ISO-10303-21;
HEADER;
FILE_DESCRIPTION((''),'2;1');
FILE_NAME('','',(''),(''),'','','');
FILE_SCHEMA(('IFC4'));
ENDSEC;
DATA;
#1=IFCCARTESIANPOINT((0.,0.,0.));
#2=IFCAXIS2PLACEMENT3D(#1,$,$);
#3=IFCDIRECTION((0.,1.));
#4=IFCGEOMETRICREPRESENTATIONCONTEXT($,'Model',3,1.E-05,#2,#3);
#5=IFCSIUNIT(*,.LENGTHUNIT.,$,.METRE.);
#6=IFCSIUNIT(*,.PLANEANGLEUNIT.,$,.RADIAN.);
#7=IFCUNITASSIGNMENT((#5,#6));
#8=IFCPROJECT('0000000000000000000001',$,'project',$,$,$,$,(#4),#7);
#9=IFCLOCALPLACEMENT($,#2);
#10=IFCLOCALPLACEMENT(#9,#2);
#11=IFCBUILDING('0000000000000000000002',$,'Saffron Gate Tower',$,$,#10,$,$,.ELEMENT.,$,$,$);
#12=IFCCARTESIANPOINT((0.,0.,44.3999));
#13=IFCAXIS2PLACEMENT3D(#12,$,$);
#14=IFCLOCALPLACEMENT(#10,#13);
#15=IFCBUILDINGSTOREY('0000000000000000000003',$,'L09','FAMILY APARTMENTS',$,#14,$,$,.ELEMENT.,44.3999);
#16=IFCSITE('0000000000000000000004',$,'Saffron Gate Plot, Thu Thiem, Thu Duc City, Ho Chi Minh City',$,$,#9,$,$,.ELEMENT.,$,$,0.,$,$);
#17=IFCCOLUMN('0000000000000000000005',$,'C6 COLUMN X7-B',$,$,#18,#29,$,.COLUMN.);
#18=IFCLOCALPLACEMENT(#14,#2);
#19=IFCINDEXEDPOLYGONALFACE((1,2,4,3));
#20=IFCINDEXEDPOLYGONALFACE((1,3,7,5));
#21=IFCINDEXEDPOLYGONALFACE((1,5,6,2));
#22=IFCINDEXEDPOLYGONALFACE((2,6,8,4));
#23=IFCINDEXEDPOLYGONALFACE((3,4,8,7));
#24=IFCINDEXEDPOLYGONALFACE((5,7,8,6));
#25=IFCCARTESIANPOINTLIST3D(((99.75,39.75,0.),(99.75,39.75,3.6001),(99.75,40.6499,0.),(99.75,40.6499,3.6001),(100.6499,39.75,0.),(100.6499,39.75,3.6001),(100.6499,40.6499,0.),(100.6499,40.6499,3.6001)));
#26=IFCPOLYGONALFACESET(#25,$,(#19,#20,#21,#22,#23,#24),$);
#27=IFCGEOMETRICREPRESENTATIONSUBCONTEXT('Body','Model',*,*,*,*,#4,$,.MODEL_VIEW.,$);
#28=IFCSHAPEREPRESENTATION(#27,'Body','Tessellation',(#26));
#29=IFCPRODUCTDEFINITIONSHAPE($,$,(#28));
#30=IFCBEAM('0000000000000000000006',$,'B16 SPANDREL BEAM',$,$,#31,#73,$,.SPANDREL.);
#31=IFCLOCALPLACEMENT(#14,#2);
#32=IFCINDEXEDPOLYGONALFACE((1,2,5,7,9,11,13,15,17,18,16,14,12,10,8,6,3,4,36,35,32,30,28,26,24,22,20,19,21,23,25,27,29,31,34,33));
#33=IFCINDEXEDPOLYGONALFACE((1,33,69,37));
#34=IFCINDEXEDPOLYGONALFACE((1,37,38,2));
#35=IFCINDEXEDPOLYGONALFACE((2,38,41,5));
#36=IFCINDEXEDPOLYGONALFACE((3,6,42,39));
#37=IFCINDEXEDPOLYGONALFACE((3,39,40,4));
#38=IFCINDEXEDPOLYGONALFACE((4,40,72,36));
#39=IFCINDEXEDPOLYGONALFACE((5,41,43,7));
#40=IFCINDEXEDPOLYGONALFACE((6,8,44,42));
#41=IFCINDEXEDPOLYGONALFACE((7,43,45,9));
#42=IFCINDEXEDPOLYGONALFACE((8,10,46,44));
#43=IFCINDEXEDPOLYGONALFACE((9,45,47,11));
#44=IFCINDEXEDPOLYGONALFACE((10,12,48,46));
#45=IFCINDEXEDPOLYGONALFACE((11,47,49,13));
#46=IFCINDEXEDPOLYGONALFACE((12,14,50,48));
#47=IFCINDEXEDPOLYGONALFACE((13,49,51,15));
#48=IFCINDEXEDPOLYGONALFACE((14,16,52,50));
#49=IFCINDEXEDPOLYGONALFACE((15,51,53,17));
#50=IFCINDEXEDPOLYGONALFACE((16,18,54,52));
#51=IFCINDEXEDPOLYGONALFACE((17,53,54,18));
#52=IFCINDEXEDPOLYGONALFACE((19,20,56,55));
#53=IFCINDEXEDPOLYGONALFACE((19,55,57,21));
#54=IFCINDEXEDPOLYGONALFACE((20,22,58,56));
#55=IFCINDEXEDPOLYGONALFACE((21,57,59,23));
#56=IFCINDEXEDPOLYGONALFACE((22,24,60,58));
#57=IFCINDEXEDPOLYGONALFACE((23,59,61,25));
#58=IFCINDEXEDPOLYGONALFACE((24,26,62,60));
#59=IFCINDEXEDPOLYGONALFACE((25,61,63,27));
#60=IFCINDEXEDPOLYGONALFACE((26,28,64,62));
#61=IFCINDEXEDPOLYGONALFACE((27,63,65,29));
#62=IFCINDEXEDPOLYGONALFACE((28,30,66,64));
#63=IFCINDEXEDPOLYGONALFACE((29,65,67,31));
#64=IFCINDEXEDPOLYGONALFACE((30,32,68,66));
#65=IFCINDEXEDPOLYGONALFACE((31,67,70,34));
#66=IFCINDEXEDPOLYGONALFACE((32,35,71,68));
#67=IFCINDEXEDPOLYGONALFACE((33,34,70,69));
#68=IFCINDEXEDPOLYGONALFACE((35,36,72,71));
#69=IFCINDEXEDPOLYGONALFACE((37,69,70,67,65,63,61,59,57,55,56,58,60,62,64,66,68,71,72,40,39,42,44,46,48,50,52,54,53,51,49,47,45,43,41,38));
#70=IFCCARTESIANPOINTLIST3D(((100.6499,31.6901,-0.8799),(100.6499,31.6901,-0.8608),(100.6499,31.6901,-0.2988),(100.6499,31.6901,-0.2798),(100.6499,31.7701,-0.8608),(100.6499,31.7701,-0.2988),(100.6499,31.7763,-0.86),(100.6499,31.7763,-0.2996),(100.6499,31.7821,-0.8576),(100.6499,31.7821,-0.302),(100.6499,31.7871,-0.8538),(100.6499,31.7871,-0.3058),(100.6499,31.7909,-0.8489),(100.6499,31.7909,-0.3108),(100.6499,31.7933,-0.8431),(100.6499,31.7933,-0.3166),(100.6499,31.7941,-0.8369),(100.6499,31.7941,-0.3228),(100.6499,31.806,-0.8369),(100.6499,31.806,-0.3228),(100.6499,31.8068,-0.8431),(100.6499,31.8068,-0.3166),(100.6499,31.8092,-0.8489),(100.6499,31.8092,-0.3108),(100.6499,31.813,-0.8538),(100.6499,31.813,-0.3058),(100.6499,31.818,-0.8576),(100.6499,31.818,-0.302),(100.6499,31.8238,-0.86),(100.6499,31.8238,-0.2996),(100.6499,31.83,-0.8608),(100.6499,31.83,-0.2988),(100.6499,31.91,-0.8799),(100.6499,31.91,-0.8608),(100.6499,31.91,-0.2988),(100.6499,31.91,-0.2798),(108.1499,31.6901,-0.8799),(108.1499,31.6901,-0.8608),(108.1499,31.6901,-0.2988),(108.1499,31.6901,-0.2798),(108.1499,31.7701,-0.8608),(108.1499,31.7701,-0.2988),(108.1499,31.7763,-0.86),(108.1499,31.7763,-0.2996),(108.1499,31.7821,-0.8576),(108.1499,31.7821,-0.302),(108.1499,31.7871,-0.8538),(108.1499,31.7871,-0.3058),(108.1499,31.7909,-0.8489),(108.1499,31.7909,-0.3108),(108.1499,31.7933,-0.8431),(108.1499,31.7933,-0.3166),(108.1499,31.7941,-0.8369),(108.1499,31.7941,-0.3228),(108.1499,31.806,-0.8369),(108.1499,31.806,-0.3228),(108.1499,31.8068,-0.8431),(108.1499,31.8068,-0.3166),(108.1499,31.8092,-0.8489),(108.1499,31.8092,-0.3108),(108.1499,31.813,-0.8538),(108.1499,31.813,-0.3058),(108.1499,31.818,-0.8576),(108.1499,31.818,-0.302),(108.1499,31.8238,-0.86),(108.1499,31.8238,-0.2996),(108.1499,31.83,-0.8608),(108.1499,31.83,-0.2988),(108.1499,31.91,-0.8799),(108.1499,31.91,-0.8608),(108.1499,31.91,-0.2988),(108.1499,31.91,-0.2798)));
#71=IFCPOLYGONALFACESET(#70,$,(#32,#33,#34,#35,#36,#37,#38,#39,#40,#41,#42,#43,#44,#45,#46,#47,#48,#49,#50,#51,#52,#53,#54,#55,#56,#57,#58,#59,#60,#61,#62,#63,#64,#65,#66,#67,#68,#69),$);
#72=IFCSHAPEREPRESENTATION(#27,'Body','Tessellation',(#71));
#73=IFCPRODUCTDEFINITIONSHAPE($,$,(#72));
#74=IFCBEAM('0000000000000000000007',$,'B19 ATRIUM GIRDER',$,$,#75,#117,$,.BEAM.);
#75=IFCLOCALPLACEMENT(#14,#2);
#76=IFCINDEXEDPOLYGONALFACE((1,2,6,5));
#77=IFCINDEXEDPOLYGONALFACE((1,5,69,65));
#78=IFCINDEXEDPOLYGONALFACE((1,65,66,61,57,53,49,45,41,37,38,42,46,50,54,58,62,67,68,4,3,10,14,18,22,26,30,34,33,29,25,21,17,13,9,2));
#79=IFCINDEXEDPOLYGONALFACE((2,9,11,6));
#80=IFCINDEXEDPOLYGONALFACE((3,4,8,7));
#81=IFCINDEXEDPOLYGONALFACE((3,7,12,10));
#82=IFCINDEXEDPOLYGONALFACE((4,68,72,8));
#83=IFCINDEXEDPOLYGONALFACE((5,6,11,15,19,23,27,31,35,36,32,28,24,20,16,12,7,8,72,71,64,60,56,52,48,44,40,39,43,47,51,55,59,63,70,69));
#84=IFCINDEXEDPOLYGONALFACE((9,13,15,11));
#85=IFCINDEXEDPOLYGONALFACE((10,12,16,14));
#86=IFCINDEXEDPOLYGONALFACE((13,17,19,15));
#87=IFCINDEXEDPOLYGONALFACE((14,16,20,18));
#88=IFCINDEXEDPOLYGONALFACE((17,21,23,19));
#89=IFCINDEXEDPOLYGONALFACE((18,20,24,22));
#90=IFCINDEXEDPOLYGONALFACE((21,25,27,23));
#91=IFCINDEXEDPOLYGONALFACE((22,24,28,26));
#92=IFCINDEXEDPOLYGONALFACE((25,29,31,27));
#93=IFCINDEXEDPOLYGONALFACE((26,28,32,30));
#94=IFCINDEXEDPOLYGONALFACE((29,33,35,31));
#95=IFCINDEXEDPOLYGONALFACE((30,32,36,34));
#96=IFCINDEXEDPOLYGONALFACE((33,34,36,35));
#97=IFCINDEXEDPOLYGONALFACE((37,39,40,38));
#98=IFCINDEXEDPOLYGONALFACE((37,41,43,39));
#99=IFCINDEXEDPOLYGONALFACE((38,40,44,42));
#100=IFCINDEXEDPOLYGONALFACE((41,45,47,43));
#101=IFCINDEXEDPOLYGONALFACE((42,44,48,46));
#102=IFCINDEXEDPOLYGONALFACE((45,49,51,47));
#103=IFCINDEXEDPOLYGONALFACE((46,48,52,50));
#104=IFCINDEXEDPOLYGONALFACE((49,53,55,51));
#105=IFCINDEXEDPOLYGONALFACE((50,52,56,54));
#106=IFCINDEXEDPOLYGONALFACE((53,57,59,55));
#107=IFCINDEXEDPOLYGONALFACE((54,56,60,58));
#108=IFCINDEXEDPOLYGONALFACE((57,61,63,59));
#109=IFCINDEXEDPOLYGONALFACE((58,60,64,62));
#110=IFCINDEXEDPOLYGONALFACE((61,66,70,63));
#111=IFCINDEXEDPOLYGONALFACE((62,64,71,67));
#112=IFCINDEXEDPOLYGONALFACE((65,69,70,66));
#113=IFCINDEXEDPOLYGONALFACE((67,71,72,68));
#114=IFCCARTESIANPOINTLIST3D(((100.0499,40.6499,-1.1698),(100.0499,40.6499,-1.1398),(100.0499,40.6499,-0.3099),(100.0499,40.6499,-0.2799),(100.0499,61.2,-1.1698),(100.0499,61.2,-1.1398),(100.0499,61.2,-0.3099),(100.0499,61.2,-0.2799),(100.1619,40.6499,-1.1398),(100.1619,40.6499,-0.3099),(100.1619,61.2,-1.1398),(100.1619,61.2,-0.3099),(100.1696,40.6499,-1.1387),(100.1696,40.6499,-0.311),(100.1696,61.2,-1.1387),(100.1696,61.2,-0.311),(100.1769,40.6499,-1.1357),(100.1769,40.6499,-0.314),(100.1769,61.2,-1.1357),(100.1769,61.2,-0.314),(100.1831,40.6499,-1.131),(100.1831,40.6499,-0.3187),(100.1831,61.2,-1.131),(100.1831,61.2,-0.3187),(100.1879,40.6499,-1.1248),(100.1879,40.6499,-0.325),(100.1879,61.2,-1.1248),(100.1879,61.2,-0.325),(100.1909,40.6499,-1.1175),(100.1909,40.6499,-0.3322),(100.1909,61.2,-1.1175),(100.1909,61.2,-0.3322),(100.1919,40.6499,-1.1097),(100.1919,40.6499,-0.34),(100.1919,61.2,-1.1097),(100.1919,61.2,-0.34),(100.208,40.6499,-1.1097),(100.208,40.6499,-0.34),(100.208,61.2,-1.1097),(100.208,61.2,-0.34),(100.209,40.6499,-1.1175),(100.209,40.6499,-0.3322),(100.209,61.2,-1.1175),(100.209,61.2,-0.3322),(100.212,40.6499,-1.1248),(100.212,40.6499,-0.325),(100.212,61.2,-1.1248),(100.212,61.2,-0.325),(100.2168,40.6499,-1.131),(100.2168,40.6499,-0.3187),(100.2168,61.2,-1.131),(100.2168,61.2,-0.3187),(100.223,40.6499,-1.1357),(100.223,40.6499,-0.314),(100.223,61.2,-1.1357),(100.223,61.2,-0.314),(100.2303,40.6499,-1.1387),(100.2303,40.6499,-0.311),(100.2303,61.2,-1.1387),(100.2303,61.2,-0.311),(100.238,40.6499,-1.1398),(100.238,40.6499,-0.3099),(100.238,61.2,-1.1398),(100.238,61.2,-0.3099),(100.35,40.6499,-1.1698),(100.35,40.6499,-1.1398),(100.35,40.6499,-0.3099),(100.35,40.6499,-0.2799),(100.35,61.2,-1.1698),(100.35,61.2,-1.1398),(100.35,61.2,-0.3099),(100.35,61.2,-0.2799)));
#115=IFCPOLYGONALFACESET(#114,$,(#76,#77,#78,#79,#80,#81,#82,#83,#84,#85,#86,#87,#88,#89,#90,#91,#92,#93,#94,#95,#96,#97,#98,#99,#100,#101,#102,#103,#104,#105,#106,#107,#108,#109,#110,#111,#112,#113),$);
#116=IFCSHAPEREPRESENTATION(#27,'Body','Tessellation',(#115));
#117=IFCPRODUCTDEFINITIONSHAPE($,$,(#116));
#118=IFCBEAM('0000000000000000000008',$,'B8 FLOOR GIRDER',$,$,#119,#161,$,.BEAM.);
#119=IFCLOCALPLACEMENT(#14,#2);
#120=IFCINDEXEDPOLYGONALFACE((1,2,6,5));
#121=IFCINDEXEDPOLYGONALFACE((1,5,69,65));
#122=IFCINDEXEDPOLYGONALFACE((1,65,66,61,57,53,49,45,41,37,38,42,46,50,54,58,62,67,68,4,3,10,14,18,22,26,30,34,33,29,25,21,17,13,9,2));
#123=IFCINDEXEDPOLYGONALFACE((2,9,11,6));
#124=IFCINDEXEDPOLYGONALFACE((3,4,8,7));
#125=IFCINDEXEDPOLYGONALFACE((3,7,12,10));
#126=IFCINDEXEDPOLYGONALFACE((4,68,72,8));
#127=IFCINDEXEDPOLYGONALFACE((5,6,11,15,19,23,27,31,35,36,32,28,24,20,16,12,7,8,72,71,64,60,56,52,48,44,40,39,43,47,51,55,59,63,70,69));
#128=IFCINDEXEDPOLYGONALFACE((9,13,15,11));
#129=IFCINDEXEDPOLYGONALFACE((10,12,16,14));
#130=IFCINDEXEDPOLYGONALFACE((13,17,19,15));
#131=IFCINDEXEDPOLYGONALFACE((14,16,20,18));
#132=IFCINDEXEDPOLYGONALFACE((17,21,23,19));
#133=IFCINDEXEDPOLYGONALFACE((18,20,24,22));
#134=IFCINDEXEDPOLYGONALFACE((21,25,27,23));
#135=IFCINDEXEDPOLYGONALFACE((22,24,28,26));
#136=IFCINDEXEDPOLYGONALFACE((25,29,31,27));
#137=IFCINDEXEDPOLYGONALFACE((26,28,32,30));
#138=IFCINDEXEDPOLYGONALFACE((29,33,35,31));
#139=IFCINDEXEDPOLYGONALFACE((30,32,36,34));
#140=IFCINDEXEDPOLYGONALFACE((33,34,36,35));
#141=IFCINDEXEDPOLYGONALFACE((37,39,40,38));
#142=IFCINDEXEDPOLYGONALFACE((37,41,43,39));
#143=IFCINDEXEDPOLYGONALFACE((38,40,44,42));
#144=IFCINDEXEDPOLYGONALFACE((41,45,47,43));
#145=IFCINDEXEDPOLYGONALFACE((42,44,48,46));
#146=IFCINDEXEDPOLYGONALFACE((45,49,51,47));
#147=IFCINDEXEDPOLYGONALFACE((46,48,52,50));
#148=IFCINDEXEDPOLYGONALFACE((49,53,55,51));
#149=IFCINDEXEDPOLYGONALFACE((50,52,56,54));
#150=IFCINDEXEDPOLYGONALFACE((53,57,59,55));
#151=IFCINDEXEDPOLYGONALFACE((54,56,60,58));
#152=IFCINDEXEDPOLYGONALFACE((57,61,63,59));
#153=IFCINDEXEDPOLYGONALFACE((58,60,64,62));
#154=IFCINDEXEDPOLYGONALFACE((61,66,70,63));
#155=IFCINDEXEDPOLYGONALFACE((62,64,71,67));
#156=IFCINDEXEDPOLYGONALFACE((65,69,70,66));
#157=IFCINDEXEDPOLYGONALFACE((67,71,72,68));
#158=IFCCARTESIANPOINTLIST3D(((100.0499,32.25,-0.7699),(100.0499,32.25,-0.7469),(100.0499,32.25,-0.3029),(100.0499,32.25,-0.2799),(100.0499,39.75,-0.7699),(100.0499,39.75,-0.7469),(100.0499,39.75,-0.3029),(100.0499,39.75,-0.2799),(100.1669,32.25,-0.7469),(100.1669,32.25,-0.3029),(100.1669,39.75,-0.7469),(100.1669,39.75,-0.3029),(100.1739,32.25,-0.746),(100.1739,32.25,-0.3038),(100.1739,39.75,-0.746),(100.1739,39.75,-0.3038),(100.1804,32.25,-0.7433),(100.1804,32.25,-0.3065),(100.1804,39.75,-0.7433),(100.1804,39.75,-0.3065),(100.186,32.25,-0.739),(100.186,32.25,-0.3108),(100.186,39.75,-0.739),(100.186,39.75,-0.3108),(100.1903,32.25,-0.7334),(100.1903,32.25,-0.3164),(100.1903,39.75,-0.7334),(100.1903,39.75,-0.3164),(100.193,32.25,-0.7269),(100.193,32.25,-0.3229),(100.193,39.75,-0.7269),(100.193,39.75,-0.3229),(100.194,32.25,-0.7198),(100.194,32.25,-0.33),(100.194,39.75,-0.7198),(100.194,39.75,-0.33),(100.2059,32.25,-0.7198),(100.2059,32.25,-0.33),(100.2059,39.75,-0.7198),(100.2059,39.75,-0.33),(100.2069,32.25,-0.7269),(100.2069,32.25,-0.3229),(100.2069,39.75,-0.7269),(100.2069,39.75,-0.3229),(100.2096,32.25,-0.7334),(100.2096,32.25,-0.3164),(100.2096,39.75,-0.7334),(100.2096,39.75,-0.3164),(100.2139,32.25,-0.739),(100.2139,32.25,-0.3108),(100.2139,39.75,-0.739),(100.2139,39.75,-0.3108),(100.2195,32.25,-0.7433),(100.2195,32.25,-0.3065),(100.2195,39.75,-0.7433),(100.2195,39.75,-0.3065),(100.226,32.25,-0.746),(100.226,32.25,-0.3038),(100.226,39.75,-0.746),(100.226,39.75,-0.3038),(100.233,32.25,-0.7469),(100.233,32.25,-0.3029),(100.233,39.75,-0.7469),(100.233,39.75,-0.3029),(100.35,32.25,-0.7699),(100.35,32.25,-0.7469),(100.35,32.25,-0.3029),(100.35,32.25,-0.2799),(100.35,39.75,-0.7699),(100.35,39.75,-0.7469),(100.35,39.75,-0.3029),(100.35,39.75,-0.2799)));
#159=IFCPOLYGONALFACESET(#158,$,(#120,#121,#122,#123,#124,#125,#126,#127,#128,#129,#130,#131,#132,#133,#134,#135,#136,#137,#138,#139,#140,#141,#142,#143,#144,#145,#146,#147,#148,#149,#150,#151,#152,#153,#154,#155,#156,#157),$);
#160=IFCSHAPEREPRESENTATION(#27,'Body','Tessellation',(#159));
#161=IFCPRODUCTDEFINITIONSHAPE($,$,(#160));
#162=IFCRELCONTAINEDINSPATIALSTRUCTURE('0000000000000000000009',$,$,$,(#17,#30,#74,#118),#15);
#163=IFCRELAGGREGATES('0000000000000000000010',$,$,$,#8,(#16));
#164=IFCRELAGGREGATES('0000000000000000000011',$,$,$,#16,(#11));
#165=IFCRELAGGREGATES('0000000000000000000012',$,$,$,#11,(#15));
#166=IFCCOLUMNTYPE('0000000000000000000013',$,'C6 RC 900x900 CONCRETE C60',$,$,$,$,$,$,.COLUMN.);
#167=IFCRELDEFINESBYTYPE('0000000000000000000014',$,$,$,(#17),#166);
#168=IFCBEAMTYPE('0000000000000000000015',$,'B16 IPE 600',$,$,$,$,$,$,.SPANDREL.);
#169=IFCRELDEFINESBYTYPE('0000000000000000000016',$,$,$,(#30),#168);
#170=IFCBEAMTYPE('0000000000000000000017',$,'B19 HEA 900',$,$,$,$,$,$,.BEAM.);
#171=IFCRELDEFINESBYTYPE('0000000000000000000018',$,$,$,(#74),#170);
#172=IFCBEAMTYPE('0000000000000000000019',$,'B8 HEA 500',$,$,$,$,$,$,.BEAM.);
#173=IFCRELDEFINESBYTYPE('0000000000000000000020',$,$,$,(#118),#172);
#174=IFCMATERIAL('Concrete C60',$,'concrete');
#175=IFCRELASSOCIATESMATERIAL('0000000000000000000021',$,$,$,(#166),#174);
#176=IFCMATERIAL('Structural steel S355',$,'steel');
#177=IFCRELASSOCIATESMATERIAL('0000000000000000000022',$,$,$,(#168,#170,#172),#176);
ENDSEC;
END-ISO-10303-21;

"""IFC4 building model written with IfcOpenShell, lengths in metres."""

from ifc_helpers import new_model, si_unit, direction, frame, origin, origin_2d, place, context, subcontext, project, spatial, rectangle, i_section, extrude, material, material_profile, profile_set, type_object, element, save


model = new_model("IFC4")

# Units and contexts
model_context = context("Model", 3, precision=1e-05, world=origin(), true_north=direction((0.0, 1.0)))
body_context = subcontext(model_context, "Body", "Model", "MODEL_VIEW")
ifc_project = project(units=[si_unit("LENGTHUNIT", "METRE"), si_unit("PLANEANGLEUNIT", "RADIAN")], contexts=[model_context])

# Site, building, storey
site_placement = place(None, origin())
site = spatial("IfcSite", under=ifc_project, at=site_placement, Name="Saffron Gate Plot, Thu Thiem, Thu Duc City, Ho Chi Minh City", CompositionType="ELEMENT", RefElevation=0.0)
building_placement = place(site_placement, origin())
building = spatial("IfcBuilding", under=site, at=building_placement, Name="Saffron Gate Tower", CompositionType="ELEMENT")
storey_placement = place(building_placement, frame((0.0, 0.0, 44.3999)))
storey = spatial("IfcBuildingStorey", under=building, at=storey_placement, Name="L09", Description="FAMILY APARTMENTS", CompositionType="ELEMENT", Elevation=44.3999)

# Column
ifc_material_1 = material(Name="Concrete C60", Category="concrete")
ifc_material_profile_1 = material_profile(ifc_material_1, rectangle(XDim=0.8999, YDim=0.8999, at=origin_2d()))
ifc_profile_set_1 = profile_set([ifc_material_profile_1], Name="Concrete C60")
column_type = type_object("IfcColumnType", Name="C6 RC 900x900 CONCRETE C60", PredefinedType="COLUMN", material=ifc_profile_set_1)
column_placement = place(storey_placement, frame((100.2, 40.2, 0.0), z_axis=(0.0, 0.0, 1.0), x_axis=(1.0, 0.0, 0.0)))
element("IfcColumn", 1, at=column_placement, inside=storey, type_object=column_type, Name="C6 COLUMN X7-B", PredefinedType="COLUMN", context=body_context, shape_type="SweptSolid", body=[
    extrude(rectangle(XDim=0.8999, YDim=0.8999, at=origin_2d()), origin(), (0.0, 0.0, 1.0), 3.6001),
])

# Beams
ifc_material_2 = material(Name="Structural steel S355", Category="steel")
ifc_material_profile_2 = material_profile(ifc_material_2, i_section(OverallWidth=0.22, OverallDepth=0.6001, WebThickness=0.012, FlangeThickness=0.019, FilletRadius=0.0239, at=origin_2d()))
ifc_profile_set_2 = profile_set([ifc_material_profile_2], Name="Structural steel S355")
beam_type_1 = type_object("IfcBeamType", Name="B16 IPE 600", PredefinedType="SPANDREL", material=ifc_profile_set_2)
beam_1_placement = place(storey_placement, frame((100.6499, 31.8, -0.5798), z_axis=(1.0, 0.0, 0.0), x_axis=(0.0, 1.0, 0.0)))
element("IfcBeam", 2, at=beam_1_placement, inside=storey, type_object=beam_type_1, Name="B16 SPANDREL BEAM", PredefinedType="SPANDREL", context=body_context, shape_type="SweptSolid", body=[
    extrude(i_section(OverallWidth=0.22, OverallDepth=0.6001, WebThickness=0.012, FlangeThickness=0.019, FilletRadius=0.0239, at=origin_2d()), origin(), (0.0, 0.0, 1.0), 7.5),
])
ifc_material_profile_3 = material_profile(ifc_material_2, i_section(OverallWidth=0.3, OverallDepth=0.8899, WebThickness=0.0161, FlangeThickness=0.03, FilletRadius=0.03, at=origin_2d()))
ifc_profile_set_3 = profile_set([ifc_material_profile_3], Name="Structural steel S355")
beam_type_2 = type_object("IfcBeamType", Name="B19 HEA 900", PredefinedType="BEAM", material=ifc_profile_set_3)
beam_2_placement = place(storey_placement, frame((100.2, 40.6499, -0.7249), z_axis=(0.0, 1.0, 0.0), x_axis=(-1.0, 0.0, 0.0)))
element("IfcBeam", 3, at=beam_2_placement, inside=storey, type_object=beam_type_2, Name="B19 ATRIUM GIRDER", PredefinedType="BEAM", context=body_context, shape_type="SweptSolid", body=[
    extrude(i_section(OverallWidth=0.3, OverallDepth=0.8899, WebThickness=0.0161, FlangeThickness=0.03, FilletRadius=0.03, at=origin_2d()), origin(), (0.0, 0.0, 1.0), 20.55),
])
ifc_material_profile_4 = material_profile(ifc_material_2, i_section(OverallWidth=0.3, OverallDepth=0.49, WebThickness=0.012, FlangeThickness=0.0229, FilletRadius=0.0271, at=origin_2d()))
ifc_profile_set_4 = profile_set([ifc_material_profile_4], Name="Structural steel S355")
beam_type_3 = type_object("IfcBeamType", Name="B8 HEA 500", PredefinedType="BEAM", material=ifc_profile_set_4)
beam_3_placement = place(storey_placement, frame((100.2, 32.25, -0.5249), z_axis=(0.0, 1.0, 0.0), x_axis=(-1.0, 0.0, 0.0)))
element("IfcBeam", 4, at=beam_3_placement, inside=storey, type_object=beam_type_3, Name="B8 FLOOR GIRDER", PredefinedType="BEAM", context=body_context, shape_type="SweptSolid", body=[
    extrude(i_section(OverallWidth=0.3, OverallDepth=0.49, WebThickness=0.012, FlangeThickness=0.0229, FilletRadius=0.0271, at=origin_2d()), origin(), (0.0, 0.0, 1.0), 7.5),
])

save(model, "model.ifc")
